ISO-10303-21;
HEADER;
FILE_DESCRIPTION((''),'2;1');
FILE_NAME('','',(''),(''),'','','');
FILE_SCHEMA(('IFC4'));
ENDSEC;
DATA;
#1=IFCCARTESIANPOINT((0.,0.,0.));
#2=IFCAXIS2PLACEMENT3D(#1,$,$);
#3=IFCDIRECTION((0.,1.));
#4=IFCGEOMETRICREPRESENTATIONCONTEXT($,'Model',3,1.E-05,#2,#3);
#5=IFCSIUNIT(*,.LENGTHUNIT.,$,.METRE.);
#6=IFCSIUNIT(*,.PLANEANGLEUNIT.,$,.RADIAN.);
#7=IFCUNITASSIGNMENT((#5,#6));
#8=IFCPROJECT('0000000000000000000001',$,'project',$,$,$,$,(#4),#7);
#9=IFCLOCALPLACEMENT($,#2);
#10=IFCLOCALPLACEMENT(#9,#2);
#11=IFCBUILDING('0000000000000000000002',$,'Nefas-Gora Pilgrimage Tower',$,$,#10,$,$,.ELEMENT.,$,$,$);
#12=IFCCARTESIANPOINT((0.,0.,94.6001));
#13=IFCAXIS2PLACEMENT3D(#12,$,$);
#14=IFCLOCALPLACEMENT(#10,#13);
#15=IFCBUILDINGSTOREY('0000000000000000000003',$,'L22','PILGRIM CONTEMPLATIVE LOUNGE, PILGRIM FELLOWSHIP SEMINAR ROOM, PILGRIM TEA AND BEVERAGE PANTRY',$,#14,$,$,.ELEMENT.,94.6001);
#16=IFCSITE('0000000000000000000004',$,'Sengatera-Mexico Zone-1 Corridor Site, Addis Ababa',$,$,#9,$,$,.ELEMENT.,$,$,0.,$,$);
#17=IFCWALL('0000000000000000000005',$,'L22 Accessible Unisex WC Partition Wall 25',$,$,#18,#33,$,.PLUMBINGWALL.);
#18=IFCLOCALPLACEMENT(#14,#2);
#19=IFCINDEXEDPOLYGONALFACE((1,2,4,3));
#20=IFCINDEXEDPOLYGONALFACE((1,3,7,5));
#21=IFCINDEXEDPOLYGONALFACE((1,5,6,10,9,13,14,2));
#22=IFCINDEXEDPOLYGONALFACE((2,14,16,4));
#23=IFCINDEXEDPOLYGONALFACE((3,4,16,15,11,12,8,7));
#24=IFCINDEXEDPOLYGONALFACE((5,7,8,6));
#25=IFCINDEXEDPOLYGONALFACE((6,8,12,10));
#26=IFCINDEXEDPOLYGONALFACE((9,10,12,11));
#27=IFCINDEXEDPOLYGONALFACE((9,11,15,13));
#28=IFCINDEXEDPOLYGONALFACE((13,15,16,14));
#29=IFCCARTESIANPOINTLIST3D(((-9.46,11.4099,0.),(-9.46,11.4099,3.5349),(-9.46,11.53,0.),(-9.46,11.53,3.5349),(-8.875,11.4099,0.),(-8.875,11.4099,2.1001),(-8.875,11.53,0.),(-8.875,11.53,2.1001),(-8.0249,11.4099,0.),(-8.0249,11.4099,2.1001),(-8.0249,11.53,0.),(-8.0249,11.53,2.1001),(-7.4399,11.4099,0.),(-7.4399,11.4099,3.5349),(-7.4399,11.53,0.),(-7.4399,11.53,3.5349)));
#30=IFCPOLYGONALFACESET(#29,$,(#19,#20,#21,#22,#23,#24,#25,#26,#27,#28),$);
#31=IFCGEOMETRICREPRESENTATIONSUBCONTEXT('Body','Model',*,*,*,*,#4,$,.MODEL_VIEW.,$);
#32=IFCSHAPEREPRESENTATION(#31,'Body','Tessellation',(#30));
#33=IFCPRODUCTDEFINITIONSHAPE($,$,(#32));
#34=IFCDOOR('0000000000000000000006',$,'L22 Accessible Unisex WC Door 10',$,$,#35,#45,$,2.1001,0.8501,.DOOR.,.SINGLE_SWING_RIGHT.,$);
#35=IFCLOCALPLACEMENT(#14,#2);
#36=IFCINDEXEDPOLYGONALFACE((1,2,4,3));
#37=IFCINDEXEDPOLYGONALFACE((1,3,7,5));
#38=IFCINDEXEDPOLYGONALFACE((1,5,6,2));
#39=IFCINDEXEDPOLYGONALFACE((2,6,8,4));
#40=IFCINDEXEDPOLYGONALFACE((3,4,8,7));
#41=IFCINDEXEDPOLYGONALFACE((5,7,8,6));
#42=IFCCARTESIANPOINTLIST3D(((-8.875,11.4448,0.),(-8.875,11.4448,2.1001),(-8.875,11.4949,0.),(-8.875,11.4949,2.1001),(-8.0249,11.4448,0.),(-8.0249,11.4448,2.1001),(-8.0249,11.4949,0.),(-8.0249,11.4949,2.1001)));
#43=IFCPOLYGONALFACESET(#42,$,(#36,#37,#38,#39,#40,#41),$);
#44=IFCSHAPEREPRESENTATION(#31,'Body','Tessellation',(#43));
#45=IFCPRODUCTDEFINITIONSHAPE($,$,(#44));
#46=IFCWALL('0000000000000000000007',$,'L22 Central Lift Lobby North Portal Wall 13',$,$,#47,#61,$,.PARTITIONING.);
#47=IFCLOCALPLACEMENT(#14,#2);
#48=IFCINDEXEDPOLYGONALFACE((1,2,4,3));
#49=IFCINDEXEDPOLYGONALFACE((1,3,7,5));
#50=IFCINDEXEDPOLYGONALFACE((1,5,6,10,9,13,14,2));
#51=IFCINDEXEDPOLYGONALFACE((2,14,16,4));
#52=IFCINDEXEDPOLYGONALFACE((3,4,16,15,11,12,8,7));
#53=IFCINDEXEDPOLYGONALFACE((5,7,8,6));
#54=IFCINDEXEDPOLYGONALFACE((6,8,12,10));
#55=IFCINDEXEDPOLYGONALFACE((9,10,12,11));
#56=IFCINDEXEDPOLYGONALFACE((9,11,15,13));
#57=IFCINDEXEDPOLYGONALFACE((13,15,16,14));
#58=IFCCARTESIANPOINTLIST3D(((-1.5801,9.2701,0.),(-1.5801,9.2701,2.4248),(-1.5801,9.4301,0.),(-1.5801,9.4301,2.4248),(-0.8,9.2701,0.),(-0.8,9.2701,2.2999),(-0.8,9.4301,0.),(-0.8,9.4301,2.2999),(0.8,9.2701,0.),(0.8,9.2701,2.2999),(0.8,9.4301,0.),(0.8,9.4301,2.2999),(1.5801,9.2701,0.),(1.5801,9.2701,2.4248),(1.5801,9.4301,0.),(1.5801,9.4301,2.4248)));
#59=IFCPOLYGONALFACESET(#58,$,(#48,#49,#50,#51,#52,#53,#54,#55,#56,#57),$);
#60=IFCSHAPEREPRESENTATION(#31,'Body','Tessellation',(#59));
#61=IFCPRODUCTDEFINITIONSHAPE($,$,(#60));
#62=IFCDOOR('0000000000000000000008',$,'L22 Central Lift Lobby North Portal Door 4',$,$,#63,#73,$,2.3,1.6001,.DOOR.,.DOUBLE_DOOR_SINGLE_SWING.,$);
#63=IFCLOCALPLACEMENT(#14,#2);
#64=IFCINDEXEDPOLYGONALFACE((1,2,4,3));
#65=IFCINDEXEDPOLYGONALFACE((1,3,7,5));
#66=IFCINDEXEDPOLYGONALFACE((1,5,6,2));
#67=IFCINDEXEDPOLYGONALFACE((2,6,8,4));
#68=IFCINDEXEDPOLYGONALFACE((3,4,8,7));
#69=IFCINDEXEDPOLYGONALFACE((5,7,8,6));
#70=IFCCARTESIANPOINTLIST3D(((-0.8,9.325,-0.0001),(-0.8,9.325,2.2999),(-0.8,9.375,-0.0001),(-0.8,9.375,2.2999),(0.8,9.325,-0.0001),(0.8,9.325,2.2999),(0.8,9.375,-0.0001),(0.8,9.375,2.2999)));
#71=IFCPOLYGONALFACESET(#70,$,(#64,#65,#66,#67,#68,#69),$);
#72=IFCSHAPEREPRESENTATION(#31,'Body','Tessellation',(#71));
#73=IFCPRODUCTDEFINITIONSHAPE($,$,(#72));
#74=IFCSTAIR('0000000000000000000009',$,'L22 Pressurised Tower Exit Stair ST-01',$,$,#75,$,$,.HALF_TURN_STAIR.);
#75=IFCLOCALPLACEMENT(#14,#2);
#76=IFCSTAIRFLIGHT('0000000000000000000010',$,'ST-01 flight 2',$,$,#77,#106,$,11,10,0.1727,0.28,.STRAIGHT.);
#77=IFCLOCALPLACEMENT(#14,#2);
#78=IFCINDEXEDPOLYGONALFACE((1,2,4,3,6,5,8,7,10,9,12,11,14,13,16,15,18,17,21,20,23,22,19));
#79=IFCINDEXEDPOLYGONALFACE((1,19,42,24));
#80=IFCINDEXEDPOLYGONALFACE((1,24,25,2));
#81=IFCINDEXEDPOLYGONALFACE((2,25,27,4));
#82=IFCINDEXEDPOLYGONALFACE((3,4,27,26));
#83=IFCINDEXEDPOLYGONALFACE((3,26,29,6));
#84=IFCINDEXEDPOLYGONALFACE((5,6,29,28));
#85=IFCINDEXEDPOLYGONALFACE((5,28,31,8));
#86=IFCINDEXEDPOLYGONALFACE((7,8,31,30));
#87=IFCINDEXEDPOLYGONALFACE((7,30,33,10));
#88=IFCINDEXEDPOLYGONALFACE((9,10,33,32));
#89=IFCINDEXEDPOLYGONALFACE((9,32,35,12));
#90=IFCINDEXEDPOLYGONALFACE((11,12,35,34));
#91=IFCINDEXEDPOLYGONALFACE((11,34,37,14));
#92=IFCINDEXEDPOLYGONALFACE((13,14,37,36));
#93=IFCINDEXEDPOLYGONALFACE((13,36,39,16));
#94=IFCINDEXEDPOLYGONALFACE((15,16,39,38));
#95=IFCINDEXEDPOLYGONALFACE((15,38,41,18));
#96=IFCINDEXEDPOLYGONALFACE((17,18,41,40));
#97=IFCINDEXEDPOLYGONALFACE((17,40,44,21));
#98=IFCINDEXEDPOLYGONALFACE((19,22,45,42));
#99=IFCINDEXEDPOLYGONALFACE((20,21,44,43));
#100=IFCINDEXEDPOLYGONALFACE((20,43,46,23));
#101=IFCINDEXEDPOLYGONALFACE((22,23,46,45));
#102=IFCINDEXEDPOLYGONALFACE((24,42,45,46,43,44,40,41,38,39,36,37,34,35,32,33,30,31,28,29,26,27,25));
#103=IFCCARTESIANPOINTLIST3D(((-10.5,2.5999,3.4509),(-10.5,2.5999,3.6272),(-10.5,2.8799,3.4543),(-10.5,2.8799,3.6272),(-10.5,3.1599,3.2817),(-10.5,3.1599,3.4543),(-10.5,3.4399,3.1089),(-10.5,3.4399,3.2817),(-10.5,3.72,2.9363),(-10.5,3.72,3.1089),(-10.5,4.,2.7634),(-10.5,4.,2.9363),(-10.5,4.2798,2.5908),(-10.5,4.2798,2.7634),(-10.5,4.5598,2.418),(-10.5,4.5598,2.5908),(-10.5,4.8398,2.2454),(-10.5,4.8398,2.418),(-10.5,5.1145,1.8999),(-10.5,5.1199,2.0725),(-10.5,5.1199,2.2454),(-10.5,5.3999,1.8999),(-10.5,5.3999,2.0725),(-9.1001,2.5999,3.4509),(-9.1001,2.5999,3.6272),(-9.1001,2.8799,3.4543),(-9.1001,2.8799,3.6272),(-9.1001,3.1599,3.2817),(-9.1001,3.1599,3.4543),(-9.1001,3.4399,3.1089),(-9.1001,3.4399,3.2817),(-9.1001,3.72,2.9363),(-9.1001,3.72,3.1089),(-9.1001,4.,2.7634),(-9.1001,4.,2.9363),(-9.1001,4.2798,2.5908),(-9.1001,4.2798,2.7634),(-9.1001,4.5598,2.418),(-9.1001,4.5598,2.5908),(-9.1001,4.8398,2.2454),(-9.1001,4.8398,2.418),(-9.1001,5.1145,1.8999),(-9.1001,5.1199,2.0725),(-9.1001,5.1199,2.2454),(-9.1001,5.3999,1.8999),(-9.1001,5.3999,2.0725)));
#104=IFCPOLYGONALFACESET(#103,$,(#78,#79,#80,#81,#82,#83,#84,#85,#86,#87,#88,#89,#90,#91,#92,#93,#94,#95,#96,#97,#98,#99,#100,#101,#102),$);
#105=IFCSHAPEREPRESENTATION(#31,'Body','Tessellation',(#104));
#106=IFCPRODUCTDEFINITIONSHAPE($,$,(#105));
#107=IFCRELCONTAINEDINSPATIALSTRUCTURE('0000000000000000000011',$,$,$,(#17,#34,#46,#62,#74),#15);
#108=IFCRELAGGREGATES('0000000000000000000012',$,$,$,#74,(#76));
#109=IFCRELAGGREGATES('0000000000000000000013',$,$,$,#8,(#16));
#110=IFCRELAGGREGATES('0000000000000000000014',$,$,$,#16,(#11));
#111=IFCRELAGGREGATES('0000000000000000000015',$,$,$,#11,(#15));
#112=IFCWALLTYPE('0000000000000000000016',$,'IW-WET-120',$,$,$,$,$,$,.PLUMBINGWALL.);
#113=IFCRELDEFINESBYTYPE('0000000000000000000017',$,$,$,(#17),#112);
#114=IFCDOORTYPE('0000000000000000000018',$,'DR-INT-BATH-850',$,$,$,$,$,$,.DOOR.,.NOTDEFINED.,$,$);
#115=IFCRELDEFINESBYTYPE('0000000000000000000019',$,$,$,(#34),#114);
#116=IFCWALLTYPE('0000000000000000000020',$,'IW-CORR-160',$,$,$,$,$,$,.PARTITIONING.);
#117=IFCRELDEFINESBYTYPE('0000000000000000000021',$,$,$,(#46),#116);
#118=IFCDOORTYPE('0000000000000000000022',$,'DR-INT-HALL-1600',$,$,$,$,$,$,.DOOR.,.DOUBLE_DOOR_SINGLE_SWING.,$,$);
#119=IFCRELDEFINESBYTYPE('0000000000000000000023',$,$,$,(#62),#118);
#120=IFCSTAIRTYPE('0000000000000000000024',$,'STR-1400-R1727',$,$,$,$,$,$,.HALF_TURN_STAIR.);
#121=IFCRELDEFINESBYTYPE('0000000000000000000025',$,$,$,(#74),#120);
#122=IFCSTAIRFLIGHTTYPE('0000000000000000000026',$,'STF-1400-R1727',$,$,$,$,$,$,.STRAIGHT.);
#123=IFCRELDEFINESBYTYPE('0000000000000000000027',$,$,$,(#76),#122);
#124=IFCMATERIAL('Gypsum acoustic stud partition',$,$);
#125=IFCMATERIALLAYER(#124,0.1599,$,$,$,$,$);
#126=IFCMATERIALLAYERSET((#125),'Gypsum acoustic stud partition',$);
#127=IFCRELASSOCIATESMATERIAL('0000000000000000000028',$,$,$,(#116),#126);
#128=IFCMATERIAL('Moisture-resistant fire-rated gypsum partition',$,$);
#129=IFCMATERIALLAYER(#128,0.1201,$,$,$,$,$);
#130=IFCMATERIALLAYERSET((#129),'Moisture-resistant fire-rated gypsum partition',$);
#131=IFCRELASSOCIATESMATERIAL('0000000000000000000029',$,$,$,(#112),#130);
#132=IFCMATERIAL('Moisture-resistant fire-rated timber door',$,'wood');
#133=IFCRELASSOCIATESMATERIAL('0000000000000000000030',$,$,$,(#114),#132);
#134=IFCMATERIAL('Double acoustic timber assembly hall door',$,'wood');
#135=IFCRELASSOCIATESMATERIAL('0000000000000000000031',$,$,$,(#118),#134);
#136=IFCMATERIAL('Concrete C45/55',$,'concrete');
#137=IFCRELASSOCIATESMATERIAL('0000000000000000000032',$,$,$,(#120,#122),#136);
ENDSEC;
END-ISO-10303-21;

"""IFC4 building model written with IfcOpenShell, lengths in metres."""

from ifc_helpers import new_model, si_unit, direction, frame, frame_2d, origin, place, context, subcontext, project, spatial, polyline, rectangle, outline, extrude, source, transform, mapped, material, layer, layer_set, type_object, element, fill, aggregate, save


model = new_model("IFC4")

# Units and contexts
model_context = context("Model", 3, precision=1e-05, world=origin(), true_north=direction((0.0, 1.0)))
body_context = subcontext(model_context, "Body", "Model", "MODEL_VIEW")
ifc_project = project(units=[si_unit("LENGTHUNIT", "METRE"), si_unit("PLANEANGLEUNIT", "RADIAN")], contexts=[model_context])

# Site, building, storey
site_placement = place(None, origin())
site = spatial("IfcSite", under=ifc_project, at=site_placement, Name="Sengatera-Mexico Zone-1 Corridor Site, Addis Ababa", CompositionType="ELEMENT", RefElevation=0.0)
building_placement = place(site_placement, origin())
building = spatial("IfcBuilding", under=site, at=building_placement, Name="Nefas-Gora Pilgrimage Tower", CompositionType="ELEMENT")
storey_placement = place(building_placement, frame((0.0, 0.0, 94.6001)))
storey = spatial("IfcBuildingStorey", under=building, at=storey_placement, Name="L22", Description="PILGRIM CONTEMPLATIVE LOUNGE, PILGRIM FELLOWSHIP SEMINAR ROOM, PILGRIM TEA AND BEVERAGE PANTRY", CompositionType="ELEMENT", Elevation=94.6001)

# Shared definitions
ifc_material_1 = material(Name="Concrete C45/55", Category="concrete")

# Shared definitions
ifc_material_2 = material(Name="Gypsum acoustic stud partition")
ifc_layer_1 = layer(ifc_material_2, 0.1599)
ifc_layer_set_1 = layer_set([ifc_layer_1], Name="Gypsum acoustic stud partition")
wall_type_1 = type_object("IfcWallType", Name="IW-CORR-160", PredefinedType="PARTITIONING", material=ifc_layer_set_1)

# Walls, openings, doors
ifc_material_3 = material(Name="Moisture-resistant fire-rated gypsum partition")
ifc_layer_2 = layer(ifc_material_3, 0.1201)
ifc_layer_set_2 = layer_set([ifc_layer_2], Name="Moisture-resistant fire-rated gypsum partition")
wall_type_2 = type_object("IfcWallType", Name="IW-WET-120", PredefinedType="PLUMBINGWALL", material=ifc_layer_set_2)
shared_shape_1 = source(origin(), body_context, "Body", "SweptSolid", [
    extrude(rectangle(XDim=2.02, YDim=0.1201, at=frame_2d((1.01, 0.0))), origin(), (0.0, 0.0, 1.0), 3.5349),
])
wall_1_placement = place(storey_placement, frame((-9.46, 11.47, 0.0), z_axis=(0.0, 0.0, 1.0), x_axis=(1.0, 0.0, 0.0)))
wall_1 = element("IfcWall", 1, at=wall_1_placement, inside=storey, type_object=wall_type_2, Name="L22 Accessible Unisex WC Partition Wall 25", PredefinedType="PLUMBINGWALL", context=body_context, shape_type="MappedRepresentation", body=[
    mapped(shared_shape_1, transform((0.0, 0.0, 0.0), x_axis=(1.0, 0.0, 0.0), y_axis=(0.0, 1.0, 0.0), z_axis=(0.0, 0.0, 1.0), scale=1.0)),
])
opening_1_placement = place(wall_1_placement, frame((0.585, 0.0, 0.0)))
opening_1 = element("IfcOpeningElement", 2, at=opening_1_placement, cuts=wall_1, PredefinedType="OPENING", context=body_context, shape_type="SweptSolid", body=[
    extrude(rectangle(XDim=0.8501, YDim=2.1001, at=frame_2d((0.425, 1.05))), frame((0.0, 0.0701, 0.0), z_axis=(0.0, -1.0, 0.0), x_axis=(1.0, 0.0, 0.0)), (0.0, 0.0, 1.0), 0.1401),
])
ifc_material_4 = material(Name="Moisture-resistant fire-rated timber door", Category="wood")
door_type_1 = type_object("IfcDoorType", Name="DR-INT-BATH-850", OperationType="NOTDEFINED", PredefinedType="DOOR", material=ifc_material_4)
shared_shape_2 = source(origin(), body_context, "Body", "SweptSolid", [
    extrude(rectangle(XDim=0.8501, YDim=2.1001, at=frame_2d((0.425, 1.05))), frame((0.0, 0.0249, 0.0), z_axis=(0.0, -1.0, 0.0), x_axis=(1.0, 0.0, 0.0)), (0.0, 0.0, 1.0), 0.05),
])
door_1_placement = place(opening_1_placement, origin())
door_1 = element("IfcDoor", 3, at=door_1_placement, inside=storey, type_object=door_type_1, Name="L22 Accessible Unisex WC Door 10", OperationType="SINGLE_SWING_RIGHT", OverallHeight=2.1001, OverallWidth=0.8501, PredefinedType="DOOR", context=body_context, shape_type="MappedRepresentation", body=[
    mapped(shared_shape_2, transform((0.0, 0.0, 0.0), x_axis=(1.0, 0.0, 0.0), y_axis=(0.0, 1.0, 0.0), z_axis=(0.0, 0.0, 1.0), scale=1.0)),
])
fill(opening_1, door_1)
shared_shape_3 = source(origin(), body_context, "Body", "SweptSolid", [
    extrude(rectangle(XDim=3.1602, YDim=0.1599, at=frame_2d((1.5801, 0.0))), origin(), (0.0, 0.0, 1.0), 2.4248),
])
wall_2_placement = place(storey_placement, frame((-1.5801, 9.3501, 0.0), z_axis=(0.0, 0.0, 1.0), x_axis=(1.0, 0.0, 0.0)))
wall_2 = element("IfcWall", 4, at=wall_2_placement, inside=storey, type_object=wall_type_1, Name="L22 Central Lift Lobby North Portal Wall 13", PredefinedType="PARTITIONING", context=body_context, shape_type="MappedRepresentation", body=[
    mapped(shared_shape_3, transform((0.0, 0.0, 0.0), x_axis=(1.0, 0.0, 0.0), y_axis=(0.0, 1.0, 0.0), z_axis=(0.0, 0.0, 1.0), scale=1.0)),
])
opening_2_placement = place(wall_2_placement, frame((0.78, 0.0, 0.0)))
opening_2 = element("IfcOpeningElement", 5, at=opening_2_placement, cuts=wall_2, PredefinedType="OPENING", context=body_context, shape_type="SweptSolid", body=[
    extrude(rectangle(XDim=1.6001, YDim=2.3, at=frame_2d((0.8, 1.1499))), frame((0.0, 0.0898, 0.0), z_axis=(0.0, -1.0, 0.0), x_axis=(1.0, 0.0, 0.0)), (0.0, 0.0, 1.0), 0.1799),
])
ifc_material_5 = material(Name="Double acoustic timber assembly hall door", Category="wood")
door_type_2 = type_object("IfcDoorType", Name="DR-INT-HALL-1600", OperationType="DOUBLE_DOOR_SINGLE_SWING", PredefinedType="DOOR", material=ifc_material_5)
shared_shape_4 = source(origin(), body_context, "Body", "SweptSolid", [
    extrude(rectangle(XDim=1.6001, YDim=2.3, at=frame_2d((0.8, 1.1499))), frame((0.0, 0.0249, 0.0), z_axis=(0.0, -1.0, 0.0), x_axis=(1.0, 0.0, 0.0)), (0.0, 0.0, 1.0), 0.05),
])
door_2_placement = place(opening_2_placement, origin())
door_2 = element("IfcDoor", 6, at=door_2_placement, inside=storey, type_object=door_type_2, Name="L22 Central Lift Lobby North Portal Door 4", OperationType="DOUBLE_DOOR_SINGLE_SWING", OverallHeight=2.3, OverallWidth=1.6001, PredefinedType="DOOR", context=body_context, shape_type="MappedRepresentation", body=[
    mapped(shared_shape_4, transform((0.0, 0.0, 0.0), x_axis=(1.0, 0.0, 0.0), y_axis=(0.0, 1.0, 0.0), z_axis=(0.0, 0.0, 1.0), scale=1.0)),
])
fill(opening_2, door_2)

# Stair, stair flight
stair_type = type_object("IfcStairType", Name="STR-1400-R1727", PredefinedType="HALF_TURN_STAIR", material=ifc_material_1)
stair_placement = place(storey_placement, origin())
stair = element("IfcStair", 7, at=stair_placement, inside=storey, type_object=stair_type, Name="L22 Pressurised Tower Exit Stair ST-01", PredefinedType="HALF_TURN_STAIR")
stair_flight_type = type_object("IfcStairFlightType", Name="STF-1400-R1727", PredefinedType="STRAIGHT", material=ifc_material_1)
shared_shape_5 = source(origin(), body_context, "Body", "SweptSolid", [
    extrude(outline(polyline([(0.0, 0.0), (0.0, 0.1726), (0.28, 0.1726), (0.28, 0.3455), (0.5601, 0.3455), (0.5601, 0.5181), (0.8401, 0.5181), (0.8401, 0.6909), (1.1201, 0.6909), (1.1201, 0.8635), (1.3999, 0.8635), (1.3999, 1.0364), (1.6799, 1.0364), (1.6799, 1.209), (1.96, 1.209), (1.96, 1.3818), (2.24, 1.3818), (2.24, 1.5544), (2.52, 1.5544), (2.52, 1.7273), (2.8, 1.7273), (2.8, 1.8999), (2.8, 1.551), (0.2854, 0.0), (0.0, 0.0)])), frame((0.0, 0.7, 0.0), z_axis=(0.0, -1.0, 0.0), x_axis=(1.0, 0.0, 0.0)), (0.0, 0.0, 1.0), 1.3999),
])
stair_flight_placement = place(storey_placement, frame((-9.8, 5.3999, 1.8999), z_axis=(0.0, 0.0, 1.0), x_axis=(0.0, -1.0, 0.0)))
stair_flight = element("IfcStairFlight", 8, at=stair_flight_placement, type_object=stair_flight_type, Name="ST-01 flight 2", NumberOfRisers=11, NumberOfTreads=10, PredefinedType="STRAIGHT", RiserHeight=0.1727, TreadLength=0.28, context=body_context, shape_type="MappedRepresentation", body=[
    mapped(shared_shape_5, transform((0.0, 0.0, 0.0), x_axis=(1.0, 0.0, 0.0), y_axis=(0.0, 1.0, 0.0), z_axis=(0.0, 0.0, 1.0), scale=1.0)),
])
aggregate(stair, [stair_flight])

save(model, "model.ifc")
